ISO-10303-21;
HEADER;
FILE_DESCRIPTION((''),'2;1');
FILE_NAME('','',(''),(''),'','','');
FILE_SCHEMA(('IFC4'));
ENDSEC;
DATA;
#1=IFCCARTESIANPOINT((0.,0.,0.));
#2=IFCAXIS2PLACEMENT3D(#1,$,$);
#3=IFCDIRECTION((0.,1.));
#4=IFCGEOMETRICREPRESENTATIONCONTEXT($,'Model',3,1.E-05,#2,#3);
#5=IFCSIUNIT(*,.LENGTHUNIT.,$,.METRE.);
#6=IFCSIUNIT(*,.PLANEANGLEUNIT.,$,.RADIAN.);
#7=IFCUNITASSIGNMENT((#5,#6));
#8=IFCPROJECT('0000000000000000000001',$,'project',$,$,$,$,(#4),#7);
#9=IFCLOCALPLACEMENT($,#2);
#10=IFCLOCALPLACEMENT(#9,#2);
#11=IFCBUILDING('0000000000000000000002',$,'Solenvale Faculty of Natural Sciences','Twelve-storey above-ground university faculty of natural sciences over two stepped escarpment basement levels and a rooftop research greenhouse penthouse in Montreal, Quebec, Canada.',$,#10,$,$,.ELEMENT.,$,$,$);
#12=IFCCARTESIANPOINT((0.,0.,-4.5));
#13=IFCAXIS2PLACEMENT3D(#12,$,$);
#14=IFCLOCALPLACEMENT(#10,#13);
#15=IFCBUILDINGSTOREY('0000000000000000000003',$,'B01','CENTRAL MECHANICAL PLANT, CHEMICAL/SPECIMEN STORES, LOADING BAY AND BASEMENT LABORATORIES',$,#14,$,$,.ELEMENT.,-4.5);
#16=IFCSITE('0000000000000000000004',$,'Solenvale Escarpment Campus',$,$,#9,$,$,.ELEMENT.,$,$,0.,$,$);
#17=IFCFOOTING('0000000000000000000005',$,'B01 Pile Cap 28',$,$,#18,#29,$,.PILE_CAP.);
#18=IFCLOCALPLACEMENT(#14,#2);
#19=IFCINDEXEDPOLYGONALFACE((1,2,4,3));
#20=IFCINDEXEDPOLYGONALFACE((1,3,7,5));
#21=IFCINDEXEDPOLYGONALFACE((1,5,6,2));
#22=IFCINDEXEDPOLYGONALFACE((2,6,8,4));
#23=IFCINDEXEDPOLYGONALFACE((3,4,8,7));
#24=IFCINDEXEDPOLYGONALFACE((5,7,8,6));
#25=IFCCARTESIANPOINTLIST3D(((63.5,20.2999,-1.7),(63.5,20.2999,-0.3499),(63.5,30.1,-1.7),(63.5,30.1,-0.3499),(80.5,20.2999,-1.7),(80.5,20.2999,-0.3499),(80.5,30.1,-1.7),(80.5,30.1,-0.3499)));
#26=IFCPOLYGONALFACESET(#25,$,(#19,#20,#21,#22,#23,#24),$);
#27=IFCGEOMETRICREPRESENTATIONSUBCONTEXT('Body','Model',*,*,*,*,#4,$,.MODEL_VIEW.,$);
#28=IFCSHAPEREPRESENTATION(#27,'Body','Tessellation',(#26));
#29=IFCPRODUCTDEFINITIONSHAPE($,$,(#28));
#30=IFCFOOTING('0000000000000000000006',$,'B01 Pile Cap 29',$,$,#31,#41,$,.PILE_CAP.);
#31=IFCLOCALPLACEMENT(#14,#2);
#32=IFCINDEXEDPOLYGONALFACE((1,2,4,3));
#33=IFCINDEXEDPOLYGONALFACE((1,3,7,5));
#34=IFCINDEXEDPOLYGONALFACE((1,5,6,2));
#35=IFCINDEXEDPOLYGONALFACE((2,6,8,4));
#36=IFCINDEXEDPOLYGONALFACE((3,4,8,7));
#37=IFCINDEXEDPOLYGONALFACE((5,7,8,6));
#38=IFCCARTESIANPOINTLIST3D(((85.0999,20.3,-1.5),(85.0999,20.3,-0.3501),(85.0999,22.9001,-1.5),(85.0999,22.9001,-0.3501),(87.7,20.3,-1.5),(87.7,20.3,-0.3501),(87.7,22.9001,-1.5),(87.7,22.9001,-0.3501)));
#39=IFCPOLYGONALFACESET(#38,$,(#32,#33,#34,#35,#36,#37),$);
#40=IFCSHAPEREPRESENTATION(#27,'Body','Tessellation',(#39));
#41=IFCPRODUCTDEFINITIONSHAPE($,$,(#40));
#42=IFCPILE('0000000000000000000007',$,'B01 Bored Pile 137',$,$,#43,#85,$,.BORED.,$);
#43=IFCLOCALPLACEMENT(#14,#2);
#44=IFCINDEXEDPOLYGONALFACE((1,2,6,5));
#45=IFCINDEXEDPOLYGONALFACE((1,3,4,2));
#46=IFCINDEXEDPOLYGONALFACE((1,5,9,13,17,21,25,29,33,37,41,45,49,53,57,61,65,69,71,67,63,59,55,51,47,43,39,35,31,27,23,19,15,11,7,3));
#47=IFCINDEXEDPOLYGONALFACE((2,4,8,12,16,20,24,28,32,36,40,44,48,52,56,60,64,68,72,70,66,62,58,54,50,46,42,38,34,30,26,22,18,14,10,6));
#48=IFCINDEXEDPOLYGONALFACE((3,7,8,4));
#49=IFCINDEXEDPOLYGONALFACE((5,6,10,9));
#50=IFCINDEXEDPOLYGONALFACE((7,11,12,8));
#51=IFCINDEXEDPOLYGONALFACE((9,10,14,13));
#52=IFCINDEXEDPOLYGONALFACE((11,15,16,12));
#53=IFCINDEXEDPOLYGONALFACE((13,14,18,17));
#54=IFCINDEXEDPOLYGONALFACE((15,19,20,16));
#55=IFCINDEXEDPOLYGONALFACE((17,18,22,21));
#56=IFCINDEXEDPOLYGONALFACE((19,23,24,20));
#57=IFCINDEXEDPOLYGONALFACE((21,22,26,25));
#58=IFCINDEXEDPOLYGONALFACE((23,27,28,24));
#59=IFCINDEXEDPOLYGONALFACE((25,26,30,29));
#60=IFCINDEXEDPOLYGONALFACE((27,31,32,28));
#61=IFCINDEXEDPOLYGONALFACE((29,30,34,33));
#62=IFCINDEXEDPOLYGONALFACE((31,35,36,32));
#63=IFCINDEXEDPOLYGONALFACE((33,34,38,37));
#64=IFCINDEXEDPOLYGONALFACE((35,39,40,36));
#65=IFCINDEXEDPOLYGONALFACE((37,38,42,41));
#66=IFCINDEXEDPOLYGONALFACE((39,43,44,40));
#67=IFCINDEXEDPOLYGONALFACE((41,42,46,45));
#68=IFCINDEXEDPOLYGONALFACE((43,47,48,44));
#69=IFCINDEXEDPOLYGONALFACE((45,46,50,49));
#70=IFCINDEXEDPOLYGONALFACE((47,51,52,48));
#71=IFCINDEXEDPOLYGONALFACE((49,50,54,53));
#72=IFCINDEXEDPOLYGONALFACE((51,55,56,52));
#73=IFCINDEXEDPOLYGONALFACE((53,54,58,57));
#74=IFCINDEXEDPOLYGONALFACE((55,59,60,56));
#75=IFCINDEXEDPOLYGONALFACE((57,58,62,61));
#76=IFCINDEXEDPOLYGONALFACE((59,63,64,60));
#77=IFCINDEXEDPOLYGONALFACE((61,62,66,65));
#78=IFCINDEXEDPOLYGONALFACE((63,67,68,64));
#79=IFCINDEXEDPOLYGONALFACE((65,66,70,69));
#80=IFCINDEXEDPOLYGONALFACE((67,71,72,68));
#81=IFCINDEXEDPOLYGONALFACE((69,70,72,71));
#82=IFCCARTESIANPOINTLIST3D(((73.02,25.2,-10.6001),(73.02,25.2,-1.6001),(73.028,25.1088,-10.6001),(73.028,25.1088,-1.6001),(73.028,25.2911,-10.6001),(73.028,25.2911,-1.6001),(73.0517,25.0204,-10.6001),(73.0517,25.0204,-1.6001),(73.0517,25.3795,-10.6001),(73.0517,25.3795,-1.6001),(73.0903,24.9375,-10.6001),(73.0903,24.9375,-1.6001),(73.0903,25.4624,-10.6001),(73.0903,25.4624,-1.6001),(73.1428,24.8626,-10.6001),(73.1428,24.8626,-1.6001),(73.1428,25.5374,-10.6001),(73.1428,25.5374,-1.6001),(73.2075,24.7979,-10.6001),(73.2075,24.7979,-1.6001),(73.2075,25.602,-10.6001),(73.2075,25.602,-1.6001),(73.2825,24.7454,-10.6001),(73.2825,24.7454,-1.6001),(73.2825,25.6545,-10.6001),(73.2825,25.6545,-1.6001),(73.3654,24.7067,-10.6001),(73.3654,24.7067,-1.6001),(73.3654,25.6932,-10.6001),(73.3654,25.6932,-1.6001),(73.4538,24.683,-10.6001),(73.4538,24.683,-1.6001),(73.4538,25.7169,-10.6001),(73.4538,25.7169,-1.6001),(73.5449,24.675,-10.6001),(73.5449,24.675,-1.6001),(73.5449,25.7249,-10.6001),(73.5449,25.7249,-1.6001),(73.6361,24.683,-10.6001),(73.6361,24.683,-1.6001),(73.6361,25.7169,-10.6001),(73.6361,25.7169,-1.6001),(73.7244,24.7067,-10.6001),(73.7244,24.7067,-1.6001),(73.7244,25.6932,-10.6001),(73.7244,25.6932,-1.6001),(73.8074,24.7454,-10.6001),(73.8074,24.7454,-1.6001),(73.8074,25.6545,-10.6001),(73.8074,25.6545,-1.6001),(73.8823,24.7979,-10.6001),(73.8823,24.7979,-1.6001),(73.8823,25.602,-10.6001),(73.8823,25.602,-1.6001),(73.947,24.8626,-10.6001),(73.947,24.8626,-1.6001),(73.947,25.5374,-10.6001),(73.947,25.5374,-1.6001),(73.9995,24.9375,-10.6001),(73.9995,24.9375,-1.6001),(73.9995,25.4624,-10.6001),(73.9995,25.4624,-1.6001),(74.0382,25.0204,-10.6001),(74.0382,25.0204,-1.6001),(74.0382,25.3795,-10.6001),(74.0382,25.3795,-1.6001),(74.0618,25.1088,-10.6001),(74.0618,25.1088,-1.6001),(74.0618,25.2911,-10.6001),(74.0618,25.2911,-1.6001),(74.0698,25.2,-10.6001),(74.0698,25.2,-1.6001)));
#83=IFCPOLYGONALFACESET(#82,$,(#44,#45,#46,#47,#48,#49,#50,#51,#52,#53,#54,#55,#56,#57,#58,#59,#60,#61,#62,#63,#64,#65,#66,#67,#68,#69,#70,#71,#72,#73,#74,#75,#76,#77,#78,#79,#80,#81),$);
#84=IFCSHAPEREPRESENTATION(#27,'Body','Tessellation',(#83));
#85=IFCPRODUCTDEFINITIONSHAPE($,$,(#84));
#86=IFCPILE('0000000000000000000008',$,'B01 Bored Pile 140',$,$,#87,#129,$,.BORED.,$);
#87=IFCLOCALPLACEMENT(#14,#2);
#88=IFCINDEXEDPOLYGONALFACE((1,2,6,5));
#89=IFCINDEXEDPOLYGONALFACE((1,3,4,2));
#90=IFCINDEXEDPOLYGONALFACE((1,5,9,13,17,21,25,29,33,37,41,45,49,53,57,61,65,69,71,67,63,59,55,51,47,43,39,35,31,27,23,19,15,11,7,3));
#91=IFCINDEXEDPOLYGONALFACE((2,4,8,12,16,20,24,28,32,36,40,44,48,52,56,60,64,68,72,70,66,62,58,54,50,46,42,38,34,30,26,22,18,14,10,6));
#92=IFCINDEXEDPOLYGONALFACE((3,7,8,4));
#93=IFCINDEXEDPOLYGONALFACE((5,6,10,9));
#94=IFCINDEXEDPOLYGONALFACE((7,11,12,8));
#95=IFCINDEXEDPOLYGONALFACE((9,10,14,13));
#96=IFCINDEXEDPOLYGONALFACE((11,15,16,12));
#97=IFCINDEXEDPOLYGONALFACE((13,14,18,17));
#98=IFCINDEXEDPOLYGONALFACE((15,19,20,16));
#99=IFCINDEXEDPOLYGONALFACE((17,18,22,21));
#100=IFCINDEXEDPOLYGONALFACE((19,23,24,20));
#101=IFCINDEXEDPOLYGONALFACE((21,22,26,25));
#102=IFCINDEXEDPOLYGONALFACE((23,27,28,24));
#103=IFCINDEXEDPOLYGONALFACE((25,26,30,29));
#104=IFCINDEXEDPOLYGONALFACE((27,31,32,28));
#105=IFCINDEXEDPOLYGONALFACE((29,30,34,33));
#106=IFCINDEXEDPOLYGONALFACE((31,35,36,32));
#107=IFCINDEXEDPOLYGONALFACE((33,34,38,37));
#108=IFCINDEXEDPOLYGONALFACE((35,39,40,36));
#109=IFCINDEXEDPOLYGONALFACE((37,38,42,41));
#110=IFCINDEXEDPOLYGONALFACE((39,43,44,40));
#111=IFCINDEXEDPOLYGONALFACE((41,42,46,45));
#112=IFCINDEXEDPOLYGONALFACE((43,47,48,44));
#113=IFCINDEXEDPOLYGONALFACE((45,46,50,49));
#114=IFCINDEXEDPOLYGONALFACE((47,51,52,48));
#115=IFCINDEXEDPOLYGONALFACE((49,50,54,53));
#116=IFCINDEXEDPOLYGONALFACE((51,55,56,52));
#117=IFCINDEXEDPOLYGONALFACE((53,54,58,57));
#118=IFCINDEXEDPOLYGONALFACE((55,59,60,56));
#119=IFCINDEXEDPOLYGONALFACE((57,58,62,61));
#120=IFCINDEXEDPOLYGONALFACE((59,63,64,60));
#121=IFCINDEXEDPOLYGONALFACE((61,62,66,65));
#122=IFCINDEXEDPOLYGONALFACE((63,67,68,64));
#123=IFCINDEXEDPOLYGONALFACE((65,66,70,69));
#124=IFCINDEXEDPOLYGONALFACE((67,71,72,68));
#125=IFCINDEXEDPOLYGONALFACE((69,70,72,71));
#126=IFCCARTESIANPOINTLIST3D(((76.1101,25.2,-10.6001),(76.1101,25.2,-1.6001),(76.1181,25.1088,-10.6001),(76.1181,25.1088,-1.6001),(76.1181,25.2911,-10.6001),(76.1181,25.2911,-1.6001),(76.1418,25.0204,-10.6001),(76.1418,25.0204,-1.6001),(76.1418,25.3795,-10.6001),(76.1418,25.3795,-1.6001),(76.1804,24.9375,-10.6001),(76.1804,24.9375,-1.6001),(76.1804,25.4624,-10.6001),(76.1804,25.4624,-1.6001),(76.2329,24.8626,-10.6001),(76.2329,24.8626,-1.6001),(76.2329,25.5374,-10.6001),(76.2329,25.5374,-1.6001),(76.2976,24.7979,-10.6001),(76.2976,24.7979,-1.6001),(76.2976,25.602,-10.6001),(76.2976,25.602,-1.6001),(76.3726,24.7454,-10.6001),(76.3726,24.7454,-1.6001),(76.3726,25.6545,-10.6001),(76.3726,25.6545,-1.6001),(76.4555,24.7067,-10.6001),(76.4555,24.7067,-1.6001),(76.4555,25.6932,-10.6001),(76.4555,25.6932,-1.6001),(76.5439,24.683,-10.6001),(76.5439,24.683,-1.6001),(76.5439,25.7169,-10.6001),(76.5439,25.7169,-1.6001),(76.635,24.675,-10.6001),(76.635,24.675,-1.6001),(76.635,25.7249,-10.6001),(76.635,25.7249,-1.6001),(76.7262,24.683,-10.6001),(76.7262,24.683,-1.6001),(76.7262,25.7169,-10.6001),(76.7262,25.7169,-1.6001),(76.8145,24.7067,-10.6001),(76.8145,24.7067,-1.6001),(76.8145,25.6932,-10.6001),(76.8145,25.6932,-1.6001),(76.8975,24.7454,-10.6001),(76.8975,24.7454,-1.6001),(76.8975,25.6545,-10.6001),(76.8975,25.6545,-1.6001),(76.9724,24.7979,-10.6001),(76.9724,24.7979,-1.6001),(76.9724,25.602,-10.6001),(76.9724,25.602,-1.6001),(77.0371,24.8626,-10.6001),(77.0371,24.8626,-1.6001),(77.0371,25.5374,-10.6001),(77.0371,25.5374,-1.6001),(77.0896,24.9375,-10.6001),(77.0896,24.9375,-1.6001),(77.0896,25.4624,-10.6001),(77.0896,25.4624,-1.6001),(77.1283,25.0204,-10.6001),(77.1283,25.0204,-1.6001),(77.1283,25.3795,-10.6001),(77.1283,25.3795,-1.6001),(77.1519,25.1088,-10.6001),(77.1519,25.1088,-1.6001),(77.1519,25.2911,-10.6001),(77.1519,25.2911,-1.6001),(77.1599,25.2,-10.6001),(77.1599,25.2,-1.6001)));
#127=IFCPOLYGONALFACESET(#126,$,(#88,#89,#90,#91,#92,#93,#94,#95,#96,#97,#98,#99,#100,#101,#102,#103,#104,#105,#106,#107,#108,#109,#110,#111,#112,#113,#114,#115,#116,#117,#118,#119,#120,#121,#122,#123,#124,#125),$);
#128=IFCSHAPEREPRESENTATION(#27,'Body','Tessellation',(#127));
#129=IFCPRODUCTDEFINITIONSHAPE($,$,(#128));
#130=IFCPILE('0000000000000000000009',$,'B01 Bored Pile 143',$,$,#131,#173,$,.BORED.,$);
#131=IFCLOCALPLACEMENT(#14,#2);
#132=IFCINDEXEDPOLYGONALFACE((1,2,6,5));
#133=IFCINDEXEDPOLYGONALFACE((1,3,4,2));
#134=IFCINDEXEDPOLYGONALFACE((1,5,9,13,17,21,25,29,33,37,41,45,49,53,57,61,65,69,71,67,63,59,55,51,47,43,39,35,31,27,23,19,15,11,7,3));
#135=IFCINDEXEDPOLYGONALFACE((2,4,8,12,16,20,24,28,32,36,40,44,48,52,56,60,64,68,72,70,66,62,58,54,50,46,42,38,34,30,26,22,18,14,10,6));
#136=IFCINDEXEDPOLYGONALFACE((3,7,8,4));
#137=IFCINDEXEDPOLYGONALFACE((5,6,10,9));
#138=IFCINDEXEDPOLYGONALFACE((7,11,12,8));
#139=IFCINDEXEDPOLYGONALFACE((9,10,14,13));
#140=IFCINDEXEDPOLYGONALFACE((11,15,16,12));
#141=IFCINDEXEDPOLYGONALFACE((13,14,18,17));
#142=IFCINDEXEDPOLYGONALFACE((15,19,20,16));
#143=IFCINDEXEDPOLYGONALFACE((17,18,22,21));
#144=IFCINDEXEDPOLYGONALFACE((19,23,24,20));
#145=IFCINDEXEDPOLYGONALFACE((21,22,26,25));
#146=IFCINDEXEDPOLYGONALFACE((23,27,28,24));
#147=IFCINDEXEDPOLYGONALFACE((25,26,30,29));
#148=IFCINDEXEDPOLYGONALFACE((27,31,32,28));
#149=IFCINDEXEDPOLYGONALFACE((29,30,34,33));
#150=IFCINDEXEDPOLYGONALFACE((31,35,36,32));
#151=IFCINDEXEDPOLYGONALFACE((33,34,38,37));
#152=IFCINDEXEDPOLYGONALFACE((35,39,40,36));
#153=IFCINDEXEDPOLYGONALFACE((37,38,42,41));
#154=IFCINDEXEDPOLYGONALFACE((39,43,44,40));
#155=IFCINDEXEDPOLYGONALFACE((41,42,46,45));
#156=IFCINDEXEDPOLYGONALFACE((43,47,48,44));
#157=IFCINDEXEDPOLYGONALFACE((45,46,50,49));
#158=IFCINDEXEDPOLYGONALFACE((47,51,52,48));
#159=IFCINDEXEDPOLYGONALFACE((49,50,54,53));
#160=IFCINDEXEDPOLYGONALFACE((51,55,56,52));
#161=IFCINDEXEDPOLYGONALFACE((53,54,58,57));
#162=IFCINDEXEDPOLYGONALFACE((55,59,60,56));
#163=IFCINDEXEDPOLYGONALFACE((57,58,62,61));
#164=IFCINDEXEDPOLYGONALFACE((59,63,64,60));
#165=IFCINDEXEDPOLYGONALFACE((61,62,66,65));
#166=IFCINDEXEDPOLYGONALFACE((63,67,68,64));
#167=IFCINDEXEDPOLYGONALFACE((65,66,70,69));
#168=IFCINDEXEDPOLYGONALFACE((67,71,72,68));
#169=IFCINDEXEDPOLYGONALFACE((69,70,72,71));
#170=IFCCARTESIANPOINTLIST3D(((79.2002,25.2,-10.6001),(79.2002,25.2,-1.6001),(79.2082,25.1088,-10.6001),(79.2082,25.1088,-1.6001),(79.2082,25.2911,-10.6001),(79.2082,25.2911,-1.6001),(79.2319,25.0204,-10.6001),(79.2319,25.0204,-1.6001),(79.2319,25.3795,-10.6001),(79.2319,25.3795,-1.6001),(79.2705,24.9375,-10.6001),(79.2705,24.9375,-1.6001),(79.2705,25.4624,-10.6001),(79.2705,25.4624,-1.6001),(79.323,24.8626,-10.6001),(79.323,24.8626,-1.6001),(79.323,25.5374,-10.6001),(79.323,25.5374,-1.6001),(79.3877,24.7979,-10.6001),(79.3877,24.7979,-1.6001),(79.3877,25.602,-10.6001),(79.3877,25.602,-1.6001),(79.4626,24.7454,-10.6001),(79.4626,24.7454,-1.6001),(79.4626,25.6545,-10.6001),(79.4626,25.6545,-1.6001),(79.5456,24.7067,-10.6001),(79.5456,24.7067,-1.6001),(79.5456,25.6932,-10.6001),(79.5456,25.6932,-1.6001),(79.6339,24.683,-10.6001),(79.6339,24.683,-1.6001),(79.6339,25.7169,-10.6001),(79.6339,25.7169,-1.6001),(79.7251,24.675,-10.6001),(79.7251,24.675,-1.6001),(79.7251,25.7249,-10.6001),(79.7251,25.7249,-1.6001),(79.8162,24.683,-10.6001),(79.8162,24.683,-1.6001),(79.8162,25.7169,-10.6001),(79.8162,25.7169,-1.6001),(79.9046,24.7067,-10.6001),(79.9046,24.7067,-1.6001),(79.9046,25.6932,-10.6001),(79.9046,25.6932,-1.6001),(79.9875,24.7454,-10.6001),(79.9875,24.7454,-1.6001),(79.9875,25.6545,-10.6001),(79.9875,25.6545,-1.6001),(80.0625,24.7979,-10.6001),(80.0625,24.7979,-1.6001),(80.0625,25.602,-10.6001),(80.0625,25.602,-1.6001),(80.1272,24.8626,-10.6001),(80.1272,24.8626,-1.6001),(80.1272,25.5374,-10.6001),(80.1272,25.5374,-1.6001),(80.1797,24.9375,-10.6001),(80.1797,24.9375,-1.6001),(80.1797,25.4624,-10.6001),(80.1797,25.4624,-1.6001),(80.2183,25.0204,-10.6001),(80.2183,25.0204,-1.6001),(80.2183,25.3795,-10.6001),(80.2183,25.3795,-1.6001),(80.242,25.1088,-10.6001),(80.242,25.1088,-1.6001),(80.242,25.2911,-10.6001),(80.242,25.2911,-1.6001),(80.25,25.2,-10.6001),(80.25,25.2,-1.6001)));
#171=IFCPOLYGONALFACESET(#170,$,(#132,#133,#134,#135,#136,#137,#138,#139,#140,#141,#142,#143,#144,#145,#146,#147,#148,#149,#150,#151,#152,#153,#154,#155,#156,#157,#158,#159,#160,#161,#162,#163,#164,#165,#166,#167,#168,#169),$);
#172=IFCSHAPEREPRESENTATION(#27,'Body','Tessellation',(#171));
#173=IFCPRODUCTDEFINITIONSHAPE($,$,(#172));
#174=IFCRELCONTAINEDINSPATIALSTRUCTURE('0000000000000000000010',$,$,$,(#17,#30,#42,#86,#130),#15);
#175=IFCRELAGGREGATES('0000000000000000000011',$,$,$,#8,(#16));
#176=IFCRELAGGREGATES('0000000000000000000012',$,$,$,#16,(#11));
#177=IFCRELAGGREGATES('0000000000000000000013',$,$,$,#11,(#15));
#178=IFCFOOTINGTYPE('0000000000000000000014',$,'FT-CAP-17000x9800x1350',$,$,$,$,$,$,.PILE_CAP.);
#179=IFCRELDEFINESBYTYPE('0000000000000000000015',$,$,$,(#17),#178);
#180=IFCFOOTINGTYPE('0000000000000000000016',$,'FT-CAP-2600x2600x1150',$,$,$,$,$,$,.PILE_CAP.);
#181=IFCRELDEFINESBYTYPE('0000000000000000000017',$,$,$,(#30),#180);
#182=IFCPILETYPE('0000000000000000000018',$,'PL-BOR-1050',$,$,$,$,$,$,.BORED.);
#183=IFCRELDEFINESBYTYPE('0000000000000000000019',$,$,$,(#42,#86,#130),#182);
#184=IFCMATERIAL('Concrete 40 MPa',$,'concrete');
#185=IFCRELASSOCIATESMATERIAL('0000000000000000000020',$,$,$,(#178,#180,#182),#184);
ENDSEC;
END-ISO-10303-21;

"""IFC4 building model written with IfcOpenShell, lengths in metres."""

from ifc_helpers import new_model, si_unit, direction, frame, origin, origin_2d, place, context, subcontext, project, spatial, rectangle, circle, extrude, material, material_profile, profile_set, type_object, element, save


model = new_model("IFC4")

# Units and contexts
model_context = context("Model", 3, precision=1e-05, world=origin(), true_north=direction((0.0, 1.0)))
body_context = subcontext(model_context, "Body", "Model", "MODEL_VIEW")
ifc_project = project(units=[si_unit("LENGTHUNIT", "METRE"), si_unit("PLANEANGLEUNIT", "RADIAN")], contexts=[model_context])

# Site, building, storey
site_placement = place(None, origin())
site = spatial("IfcSite", under=ifc_project, at=site_placement, Name="Solenvale Escarpment Campus", CompositionType="ELEMENT", RefElevation=0.0)
building_placement = place(site_placement, origin())
building = spatial("IfcBuilding", under=site, at=building_placement, Name="Solenvale Faculty of Natural Sciences", Description="Twelve-storey above-ground university faculty of natural sciences over two stepped escarpment basement levels and a rooftop research greenhouse penthouse in Montreal, Quebec, Canada.", CompositionType="ELEMENT")
storey_placement = place(building_placement, frame((0.0, 0.0, -4.5)))
storey = spatial("IfcBuildingStorey", under=building, at=storey_placement, Name="B01", Description="CENTRAL MECHANICAL PLANT, CHEMICAL/SPECIMEN STORES, LOADING BAY AND BASEMENT LABORATORIES", CompositionType="ELEMENT", Elevation=-4.5)

# Footings
ifc_material_1 = material(Name="Concrete 40 MPa", Category="concrete")
footing_type_1 = type_object("IfcFootingType", Name="FT-CAP-17000x9800x1350", PredefinedType="PILE_CAP", material=ifc_material_1)
footing_1_placement = place(storey_placement, frame((72.0, 25.2, -1.7), z_axis=(0.0, 0.0, 1.0), x_axis=(1.0, 0.0, 0.0)))
element("IfcFooting", 1, at=footing_1_placement, inside=storey, type_object=footing_type_1, Name="B01 Pile Cap 28", PredefinedType="PILE_CAP", context=body_context, shape_type="SweptSolid", body=[
    extrude(rectangle(XDim=17.0, YDim=9.8, at=origin_2d()), origin(), (0.0, 0.0, 1.0), 1.3501),
])
footing_type_2 = type_object("IfcFootingType", Name="FT-CAP-2600x2600x1150", PredefinedType="PILE_CAP", material=ifc_material_1)
footing_2_placement = place(storey_placement, frame((86.3999, 21.6001, -1.5), z_axis=(0.0, 0.0, 1.0), x_axis=(1.0, 0.0, 0.0)))
element("IfcFooting", 2, at=footing_2_placement, inside=storey, type_object=footing_type_2, Name="B01 Pile Cap 29", PredefinedType="PILE_CAP", context=body_context, shape_type="SweptSolid", body=[
    extrude(rectangle(XDim=2.6001, YDim=2.6001, at=origin_2d()), origin(), (0.0, 0.0, 1.0), 1.1499),
])

# Piles
ifc_material_profile_1 = material_profile(ifc_material_1, circle(Radius=0.5249, at=origin_2d()), Name="PILE-D1050")
ifc_profile_set_1 = profile_set([ifc_material_profile_1], Name="Concrete 40 MPa")
pile_type_1 = type_object("IfcPileType", Name="PL-BOR-1050", PredefinedType="BORED", material=ifc_profile_set_1)
for number, where, z_axis, x_axis, name in (
    (3, (73.5449, 25.2, -1.6001), (0.0, 0.0, -1.0), (1.0, 0.0, 0.0), "B01 Bored Pile 137"),
    (4, (76.635, 25.2, -1.6001), (0.0, 0.0, -1.0), (1.0, 0.0, 0.0), "B01 Bored Pile 140"),
    (5, (79.7251, 25.2, -1.6001), (0.0, 0.0, -1.0), (1.0, 0.0, 0.0), "B01 Bored Pile 143"),
):
    element("IfcPile", number, at=place(storey_placement, frame(where, z_axis=z_axis, x_axis=x_axis)), inside=storey, type_object=pile_type_1, Name=name, PredefinedType="BORED", context=body_context, shape_type="SweptSolid", body=[
        extrude(circle(Radius=0.5249, at=origin_2d()), origin(), (0.0, 0.0, 1.0), 9.0),
    ])

save(model, "model.ifc")
